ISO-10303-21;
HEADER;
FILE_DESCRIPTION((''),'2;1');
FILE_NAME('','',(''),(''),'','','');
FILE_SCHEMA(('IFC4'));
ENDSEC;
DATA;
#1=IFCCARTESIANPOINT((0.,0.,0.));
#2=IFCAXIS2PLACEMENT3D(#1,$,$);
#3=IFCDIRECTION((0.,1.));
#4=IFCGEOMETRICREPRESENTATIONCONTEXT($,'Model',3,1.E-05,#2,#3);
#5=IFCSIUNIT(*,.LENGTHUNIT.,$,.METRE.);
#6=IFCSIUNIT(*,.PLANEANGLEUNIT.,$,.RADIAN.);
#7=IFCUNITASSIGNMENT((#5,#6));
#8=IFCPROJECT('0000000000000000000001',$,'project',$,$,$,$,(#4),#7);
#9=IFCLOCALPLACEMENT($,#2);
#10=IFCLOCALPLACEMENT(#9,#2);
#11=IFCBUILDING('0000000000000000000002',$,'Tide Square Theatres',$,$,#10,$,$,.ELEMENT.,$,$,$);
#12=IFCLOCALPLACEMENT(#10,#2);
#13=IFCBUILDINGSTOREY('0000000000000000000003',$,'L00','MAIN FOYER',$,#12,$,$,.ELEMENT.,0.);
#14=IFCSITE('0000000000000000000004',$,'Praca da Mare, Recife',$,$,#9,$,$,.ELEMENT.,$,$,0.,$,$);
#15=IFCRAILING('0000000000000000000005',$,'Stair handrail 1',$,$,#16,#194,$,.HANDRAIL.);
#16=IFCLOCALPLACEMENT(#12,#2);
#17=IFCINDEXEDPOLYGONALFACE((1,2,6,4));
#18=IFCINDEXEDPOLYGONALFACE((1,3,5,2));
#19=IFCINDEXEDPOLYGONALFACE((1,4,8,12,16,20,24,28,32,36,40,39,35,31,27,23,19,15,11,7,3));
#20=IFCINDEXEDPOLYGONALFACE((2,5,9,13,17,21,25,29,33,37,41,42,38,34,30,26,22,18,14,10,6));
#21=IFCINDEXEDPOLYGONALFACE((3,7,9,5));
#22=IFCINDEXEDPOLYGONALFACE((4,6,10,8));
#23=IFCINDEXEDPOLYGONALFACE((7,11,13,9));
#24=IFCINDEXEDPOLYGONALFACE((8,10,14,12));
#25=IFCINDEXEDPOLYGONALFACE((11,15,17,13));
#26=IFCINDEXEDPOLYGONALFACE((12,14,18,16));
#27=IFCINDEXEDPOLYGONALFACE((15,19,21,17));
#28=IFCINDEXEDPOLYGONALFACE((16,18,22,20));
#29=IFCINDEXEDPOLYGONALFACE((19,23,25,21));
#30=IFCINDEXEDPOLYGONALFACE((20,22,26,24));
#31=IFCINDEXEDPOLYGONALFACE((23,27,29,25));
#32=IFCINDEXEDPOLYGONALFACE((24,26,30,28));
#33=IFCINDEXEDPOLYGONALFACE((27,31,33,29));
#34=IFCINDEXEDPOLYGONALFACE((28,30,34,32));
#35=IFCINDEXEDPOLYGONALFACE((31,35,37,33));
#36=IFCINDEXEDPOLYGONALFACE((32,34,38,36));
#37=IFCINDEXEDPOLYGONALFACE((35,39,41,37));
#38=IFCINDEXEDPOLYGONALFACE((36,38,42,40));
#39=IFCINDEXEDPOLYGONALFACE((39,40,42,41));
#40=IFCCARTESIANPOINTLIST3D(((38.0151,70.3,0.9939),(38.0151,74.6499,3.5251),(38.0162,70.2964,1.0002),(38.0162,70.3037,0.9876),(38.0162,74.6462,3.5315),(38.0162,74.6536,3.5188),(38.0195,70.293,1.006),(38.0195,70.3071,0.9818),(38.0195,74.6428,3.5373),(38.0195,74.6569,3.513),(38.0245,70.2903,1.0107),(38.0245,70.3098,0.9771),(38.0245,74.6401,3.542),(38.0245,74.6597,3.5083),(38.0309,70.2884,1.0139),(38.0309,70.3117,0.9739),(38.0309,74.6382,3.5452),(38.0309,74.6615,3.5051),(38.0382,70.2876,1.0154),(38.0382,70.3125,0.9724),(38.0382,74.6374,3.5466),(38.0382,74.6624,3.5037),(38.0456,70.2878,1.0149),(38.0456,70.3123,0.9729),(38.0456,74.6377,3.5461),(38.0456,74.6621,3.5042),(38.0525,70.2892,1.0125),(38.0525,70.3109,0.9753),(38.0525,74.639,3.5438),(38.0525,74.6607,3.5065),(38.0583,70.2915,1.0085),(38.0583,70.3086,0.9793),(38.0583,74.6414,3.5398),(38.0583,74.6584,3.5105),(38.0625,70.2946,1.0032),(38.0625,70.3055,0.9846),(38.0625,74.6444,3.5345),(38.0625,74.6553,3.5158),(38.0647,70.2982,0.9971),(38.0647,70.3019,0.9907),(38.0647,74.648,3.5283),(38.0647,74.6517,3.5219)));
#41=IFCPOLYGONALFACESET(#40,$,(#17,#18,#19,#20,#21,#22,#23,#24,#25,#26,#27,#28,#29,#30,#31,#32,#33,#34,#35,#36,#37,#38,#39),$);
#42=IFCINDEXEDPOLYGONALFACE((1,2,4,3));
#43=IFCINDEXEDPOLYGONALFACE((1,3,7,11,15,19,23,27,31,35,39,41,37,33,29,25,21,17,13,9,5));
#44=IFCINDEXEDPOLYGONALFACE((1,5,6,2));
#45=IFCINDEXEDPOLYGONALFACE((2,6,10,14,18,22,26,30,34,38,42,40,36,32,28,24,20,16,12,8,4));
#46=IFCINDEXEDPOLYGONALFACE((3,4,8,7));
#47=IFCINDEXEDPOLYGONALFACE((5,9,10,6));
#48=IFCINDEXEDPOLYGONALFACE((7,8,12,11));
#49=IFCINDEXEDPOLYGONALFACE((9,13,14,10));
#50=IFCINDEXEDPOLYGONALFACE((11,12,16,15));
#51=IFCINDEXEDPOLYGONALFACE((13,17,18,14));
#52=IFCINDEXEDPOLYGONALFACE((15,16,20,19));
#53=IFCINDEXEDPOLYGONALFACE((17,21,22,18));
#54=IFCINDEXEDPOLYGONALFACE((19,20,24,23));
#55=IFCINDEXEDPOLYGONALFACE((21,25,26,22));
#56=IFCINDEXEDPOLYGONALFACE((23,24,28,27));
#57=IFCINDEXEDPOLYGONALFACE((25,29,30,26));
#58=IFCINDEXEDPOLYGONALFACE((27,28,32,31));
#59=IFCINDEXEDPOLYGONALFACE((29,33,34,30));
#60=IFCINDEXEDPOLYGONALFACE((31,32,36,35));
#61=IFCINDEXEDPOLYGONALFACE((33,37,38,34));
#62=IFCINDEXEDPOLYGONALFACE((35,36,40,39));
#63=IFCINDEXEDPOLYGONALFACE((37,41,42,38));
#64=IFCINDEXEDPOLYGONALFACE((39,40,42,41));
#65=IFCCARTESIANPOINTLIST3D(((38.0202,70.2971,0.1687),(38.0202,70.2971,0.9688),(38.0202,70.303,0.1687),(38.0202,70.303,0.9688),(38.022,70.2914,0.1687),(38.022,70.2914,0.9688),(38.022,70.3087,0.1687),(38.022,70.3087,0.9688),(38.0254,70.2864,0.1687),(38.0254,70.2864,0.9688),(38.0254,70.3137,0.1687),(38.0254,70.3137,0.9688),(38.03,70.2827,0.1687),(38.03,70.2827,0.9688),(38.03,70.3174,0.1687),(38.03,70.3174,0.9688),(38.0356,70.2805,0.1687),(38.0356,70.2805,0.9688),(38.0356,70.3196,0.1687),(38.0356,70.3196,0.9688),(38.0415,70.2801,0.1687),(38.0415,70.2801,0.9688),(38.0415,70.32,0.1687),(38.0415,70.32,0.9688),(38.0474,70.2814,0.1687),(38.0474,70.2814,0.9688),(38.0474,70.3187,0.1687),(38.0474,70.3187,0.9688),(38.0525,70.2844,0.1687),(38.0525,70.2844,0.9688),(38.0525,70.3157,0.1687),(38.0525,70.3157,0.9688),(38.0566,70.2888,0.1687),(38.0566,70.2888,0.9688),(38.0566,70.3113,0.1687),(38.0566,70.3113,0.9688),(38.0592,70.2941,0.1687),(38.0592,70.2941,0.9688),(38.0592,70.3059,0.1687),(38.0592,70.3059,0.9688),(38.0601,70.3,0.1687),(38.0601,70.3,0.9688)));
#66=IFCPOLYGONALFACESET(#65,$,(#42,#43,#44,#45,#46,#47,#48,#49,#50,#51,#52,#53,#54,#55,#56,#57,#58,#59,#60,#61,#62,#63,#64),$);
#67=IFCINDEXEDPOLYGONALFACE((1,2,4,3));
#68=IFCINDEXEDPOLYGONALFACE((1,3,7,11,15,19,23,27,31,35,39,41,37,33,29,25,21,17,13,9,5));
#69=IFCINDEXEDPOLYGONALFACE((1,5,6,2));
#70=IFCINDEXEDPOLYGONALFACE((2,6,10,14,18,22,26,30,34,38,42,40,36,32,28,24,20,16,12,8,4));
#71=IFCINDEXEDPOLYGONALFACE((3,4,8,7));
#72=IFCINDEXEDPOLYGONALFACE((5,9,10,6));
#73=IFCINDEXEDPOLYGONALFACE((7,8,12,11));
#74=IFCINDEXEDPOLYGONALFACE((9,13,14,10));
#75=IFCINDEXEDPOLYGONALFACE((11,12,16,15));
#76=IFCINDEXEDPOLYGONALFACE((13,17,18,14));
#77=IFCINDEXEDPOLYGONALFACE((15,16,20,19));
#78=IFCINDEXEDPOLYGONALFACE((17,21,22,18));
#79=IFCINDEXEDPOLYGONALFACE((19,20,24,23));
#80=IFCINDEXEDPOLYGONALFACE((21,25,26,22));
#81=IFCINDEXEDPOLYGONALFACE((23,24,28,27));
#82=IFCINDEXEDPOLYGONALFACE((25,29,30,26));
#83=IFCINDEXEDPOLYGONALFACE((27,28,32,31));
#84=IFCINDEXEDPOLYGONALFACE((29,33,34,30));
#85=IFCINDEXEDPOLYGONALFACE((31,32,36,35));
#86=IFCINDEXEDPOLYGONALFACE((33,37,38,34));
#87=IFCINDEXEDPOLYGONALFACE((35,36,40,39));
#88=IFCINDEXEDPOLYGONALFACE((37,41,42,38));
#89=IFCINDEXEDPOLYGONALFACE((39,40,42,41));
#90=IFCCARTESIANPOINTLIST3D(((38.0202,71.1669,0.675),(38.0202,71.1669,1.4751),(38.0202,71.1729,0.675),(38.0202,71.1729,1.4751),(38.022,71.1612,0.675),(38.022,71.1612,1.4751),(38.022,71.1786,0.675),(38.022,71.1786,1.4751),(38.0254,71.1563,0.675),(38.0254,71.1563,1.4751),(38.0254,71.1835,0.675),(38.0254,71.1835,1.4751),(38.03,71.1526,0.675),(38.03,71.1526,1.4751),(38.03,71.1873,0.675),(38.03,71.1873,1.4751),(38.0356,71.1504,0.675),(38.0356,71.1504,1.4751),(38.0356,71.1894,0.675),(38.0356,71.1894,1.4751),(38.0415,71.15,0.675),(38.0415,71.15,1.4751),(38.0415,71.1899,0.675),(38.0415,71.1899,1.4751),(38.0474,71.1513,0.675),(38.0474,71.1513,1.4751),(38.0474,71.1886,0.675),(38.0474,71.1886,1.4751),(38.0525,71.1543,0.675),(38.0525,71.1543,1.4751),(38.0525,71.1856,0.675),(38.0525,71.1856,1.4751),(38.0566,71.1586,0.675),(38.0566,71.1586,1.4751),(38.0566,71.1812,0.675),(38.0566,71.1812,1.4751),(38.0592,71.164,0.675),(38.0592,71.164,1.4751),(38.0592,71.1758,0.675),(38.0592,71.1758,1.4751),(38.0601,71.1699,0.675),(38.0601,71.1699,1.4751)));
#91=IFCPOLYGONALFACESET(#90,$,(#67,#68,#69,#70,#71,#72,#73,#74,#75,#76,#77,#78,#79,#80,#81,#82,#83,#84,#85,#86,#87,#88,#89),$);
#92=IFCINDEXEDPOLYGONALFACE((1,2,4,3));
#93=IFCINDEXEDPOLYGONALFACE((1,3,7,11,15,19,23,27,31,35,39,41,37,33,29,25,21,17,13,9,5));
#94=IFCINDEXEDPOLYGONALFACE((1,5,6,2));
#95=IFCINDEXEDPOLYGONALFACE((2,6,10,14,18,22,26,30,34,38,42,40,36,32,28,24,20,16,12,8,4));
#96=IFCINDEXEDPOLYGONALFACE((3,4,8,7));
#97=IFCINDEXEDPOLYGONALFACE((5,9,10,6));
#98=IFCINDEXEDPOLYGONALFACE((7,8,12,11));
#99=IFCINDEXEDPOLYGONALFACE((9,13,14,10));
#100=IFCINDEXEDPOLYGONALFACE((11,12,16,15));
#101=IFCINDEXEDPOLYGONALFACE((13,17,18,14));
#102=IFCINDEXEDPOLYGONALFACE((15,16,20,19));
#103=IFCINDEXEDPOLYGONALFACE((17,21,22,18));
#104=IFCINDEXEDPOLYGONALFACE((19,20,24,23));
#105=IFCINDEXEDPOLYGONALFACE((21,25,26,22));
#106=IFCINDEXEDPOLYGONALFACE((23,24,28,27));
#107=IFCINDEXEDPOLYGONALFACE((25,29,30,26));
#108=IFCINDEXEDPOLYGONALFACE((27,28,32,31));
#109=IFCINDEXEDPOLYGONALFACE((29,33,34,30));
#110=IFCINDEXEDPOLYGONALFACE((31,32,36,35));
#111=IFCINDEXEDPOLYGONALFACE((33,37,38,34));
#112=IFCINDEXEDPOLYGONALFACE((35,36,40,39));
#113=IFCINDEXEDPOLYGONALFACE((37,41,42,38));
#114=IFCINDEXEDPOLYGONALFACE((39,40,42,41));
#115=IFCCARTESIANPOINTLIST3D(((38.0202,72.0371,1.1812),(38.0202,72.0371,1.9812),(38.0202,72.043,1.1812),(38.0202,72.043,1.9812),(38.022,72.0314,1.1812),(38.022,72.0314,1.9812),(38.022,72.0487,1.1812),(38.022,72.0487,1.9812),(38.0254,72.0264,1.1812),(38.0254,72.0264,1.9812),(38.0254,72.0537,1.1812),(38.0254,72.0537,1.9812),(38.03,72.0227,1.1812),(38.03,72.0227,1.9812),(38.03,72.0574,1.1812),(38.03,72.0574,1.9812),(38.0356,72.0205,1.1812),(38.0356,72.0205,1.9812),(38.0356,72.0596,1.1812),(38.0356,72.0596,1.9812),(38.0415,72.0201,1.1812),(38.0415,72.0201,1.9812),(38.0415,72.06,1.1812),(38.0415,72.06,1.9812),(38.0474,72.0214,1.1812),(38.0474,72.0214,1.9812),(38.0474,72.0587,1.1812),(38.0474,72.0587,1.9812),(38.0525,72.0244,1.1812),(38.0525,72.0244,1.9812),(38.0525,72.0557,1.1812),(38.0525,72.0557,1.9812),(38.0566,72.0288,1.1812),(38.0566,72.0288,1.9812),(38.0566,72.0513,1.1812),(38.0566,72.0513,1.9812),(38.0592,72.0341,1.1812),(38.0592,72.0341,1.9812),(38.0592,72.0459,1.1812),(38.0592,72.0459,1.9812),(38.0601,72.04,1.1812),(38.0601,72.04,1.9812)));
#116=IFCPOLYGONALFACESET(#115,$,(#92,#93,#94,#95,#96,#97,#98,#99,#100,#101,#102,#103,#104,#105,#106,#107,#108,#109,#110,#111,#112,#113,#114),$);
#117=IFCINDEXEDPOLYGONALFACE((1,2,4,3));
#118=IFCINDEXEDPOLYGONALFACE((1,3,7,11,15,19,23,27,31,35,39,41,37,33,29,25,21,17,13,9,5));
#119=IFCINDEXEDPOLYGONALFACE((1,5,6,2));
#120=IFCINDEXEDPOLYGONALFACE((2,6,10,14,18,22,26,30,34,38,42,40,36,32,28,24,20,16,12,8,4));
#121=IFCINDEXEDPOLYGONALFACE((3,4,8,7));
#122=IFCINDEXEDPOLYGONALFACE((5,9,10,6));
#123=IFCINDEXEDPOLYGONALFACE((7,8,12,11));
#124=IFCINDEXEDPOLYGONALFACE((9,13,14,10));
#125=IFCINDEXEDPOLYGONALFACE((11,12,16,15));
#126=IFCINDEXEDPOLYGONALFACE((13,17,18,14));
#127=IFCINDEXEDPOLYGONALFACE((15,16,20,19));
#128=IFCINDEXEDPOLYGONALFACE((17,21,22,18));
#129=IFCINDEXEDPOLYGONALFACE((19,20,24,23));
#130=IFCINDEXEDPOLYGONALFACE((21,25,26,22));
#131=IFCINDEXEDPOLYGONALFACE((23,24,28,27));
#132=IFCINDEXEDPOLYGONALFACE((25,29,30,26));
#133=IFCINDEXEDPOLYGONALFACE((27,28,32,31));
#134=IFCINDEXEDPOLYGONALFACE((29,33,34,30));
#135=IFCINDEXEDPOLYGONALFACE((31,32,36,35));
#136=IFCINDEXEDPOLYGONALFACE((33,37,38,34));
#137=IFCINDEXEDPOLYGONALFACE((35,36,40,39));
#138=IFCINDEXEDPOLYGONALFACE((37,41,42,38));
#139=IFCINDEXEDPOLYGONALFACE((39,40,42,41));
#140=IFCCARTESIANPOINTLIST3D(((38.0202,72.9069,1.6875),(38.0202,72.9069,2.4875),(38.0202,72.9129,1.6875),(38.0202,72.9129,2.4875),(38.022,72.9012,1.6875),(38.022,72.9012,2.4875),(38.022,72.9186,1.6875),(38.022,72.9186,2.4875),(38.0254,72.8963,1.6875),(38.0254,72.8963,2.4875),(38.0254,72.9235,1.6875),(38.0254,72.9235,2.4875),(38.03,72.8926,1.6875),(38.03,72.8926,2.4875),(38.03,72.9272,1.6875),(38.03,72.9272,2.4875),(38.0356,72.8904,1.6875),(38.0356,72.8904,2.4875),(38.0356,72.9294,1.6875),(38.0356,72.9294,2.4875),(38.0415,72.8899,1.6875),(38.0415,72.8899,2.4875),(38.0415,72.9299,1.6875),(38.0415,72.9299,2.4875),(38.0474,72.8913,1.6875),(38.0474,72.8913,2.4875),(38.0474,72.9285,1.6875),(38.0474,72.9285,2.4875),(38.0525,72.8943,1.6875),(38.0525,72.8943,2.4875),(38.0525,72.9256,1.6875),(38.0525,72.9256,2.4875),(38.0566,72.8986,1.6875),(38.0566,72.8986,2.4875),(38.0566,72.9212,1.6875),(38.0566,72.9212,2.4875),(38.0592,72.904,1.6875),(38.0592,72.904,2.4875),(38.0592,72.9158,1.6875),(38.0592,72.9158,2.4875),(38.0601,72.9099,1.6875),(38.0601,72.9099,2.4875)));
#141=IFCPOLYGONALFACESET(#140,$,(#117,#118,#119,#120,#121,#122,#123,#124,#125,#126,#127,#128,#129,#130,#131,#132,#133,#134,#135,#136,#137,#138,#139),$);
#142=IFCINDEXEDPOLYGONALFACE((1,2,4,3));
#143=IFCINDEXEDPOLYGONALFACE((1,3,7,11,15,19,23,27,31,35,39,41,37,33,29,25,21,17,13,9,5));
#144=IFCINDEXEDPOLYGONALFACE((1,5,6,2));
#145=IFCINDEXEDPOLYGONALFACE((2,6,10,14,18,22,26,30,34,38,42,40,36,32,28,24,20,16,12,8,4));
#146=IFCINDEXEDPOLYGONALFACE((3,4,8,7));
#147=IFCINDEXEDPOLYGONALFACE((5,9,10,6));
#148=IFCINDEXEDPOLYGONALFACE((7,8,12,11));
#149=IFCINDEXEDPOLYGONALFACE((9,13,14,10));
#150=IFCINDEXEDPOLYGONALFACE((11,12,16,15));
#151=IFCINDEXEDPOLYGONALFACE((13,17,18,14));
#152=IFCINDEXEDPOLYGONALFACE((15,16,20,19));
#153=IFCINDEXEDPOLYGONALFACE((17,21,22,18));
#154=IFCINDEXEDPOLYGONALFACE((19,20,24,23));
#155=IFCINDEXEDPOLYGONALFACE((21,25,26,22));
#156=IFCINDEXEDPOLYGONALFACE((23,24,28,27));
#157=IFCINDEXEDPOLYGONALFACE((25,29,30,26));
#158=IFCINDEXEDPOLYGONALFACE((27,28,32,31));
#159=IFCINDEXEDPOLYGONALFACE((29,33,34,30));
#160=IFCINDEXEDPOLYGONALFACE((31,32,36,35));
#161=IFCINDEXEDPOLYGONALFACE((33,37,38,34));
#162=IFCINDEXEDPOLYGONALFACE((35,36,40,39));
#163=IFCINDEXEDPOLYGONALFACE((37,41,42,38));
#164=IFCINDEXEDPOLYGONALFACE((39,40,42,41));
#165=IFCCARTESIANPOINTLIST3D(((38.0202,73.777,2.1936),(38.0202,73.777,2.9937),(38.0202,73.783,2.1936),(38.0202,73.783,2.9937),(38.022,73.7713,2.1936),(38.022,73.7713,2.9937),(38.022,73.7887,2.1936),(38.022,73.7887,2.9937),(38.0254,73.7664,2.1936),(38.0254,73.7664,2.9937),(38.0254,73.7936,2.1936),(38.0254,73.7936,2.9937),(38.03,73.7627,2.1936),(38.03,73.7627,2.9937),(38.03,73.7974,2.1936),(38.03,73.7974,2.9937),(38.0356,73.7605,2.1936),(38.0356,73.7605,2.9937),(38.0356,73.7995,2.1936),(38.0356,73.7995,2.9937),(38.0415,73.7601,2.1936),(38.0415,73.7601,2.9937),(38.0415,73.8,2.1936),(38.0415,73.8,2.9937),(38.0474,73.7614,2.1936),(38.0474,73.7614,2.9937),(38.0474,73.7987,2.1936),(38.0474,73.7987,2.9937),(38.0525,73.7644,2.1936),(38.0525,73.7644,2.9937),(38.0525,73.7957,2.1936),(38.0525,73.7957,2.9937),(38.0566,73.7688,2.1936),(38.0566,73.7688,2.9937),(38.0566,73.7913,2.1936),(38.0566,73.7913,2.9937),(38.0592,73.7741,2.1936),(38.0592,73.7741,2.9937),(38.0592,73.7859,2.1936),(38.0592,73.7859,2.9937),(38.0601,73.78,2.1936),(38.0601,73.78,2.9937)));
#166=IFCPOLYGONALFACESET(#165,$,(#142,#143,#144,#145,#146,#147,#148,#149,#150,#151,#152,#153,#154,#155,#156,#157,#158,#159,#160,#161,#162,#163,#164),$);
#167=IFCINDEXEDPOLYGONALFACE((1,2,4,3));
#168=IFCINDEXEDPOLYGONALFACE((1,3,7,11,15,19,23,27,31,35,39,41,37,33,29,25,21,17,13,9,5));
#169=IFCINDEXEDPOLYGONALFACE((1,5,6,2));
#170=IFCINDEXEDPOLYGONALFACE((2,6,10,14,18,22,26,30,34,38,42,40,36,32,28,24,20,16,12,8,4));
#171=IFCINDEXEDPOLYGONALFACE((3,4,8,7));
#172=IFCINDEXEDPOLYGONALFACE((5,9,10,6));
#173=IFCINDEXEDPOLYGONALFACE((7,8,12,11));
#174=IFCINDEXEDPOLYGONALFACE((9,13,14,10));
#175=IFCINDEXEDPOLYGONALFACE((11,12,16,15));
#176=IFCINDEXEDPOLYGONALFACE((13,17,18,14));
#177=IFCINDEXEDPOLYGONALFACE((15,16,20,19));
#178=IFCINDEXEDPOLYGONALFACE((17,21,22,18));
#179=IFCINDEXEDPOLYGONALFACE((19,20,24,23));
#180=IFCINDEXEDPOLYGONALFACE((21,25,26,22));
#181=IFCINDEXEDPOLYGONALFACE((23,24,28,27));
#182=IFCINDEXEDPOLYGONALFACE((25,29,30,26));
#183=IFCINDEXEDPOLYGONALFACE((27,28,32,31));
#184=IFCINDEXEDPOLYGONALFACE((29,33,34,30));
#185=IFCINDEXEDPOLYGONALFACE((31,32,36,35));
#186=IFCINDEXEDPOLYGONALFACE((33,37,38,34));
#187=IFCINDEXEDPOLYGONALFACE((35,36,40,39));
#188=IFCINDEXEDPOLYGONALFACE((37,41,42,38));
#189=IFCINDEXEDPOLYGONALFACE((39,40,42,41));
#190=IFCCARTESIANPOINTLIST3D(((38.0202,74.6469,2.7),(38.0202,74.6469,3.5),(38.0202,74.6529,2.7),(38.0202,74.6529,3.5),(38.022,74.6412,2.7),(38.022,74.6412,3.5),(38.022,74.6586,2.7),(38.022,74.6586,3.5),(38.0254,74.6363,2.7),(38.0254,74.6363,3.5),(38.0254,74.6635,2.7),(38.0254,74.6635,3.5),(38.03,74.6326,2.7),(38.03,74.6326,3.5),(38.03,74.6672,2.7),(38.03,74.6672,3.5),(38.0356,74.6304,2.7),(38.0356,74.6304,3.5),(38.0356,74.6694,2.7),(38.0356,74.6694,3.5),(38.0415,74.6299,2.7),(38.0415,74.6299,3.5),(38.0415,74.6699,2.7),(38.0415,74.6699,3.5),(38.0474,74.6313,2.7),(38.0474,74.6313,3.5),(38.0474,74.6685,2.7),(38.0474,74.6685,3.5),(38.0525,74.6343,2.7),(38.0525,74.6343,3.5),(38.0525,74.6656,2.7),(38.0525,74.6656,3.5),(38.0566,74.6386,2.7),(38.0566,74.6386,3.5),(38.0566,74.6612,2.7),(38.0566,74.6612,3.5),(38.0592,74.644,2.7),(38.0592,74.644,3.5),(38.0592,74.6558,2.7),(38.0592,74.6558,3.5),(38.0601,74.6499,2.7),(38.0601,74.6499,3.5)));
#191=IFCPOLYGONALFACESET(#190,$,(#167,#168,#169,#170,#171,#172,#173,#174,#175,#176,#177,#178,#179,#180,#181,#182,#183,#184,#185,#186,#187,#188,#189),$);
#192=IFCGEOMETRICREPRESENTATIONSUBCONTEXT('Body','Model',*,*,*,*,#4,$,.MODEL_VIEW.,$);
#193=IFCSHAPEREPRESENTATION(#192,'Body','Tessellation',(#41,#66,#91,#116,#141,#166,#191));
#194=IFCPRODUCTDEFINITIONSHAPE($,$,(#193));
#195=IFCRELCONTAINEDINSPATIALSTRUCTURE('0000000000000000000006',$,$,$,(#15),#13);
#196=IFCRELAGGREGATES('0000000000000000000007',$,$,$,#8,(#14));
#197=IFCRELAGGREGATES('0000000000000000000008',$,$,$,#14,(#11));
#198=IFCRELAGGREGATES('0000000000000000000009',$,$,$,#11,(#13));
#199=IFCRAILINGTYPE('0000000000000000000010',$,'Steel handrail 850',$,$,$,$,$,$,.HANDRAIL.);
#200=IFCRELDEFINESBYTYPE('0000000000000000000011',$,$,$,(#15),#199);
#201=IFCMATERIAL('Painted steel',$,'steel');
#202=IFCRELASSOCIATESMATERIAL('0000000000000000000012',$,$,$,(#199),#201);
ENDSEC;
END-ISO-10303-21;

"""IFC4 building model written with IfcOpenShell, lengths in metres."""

from ifc_helpers import new_model, si_unit, direction, frame, origin, origin_2d, place, context, subcontext, project, spatial, circle, extrude, material, type_object, element, save


model = new_model("IFC4")

# Units and contexts
model_context = context("Model", 3, precision=1e-05, world=origin(), true_north=direction((0.0, 1.0)))
body_context = subcontext(model_context, "Body", "Model", "MODEL_VIEW")
ifc_project = project(units=[si_unit("LENGTHUNIT", "METRE"), si_unit("PLANEANGLEUNIT", "RADIAN")], contexts=[model_context])

# Site, building, storey
site_placement = place(None, origin())
site = spatial("IfcSite", under=ifc_project, at=site_placement, Name="Praca da Mare, Recife", CompositionType="ELEMENT", RefElevation=0.0)
building_placement = place(site_placement, origin())
building = spatial("IfcBuilding", under=site, at=building_placement, Name="Tide Square Theatres", CompositionType="ELEMENT")
storey_placement = place(building_placement, origin())
storey = spatial("IfcBuildingStorey", under=building, at=storey_placement, Name="L00", Description="MAIN FOYER", CompositionType="ELEMENT", Elevation=0.0)

# Railing
ifc_material_1 = material(Name="Painted steel", Category="steel")
railing_type = type_object("IfcRailingType", Name="Steel handrail 850", PredefinedType="HANDRAIL", material=ifc_material_1)
railing_placement = place(storey_placement, frame((38.04, 70.3, 0.1687)))
element("IfcRailing", 1, at=railing_placement, inside=storey, type_object=railing_type, Name="Stair handrail 1", PredefinedType="HANDRAIL", context=body_context, shape_type="SweptSolid", body=[
    extrude(circle(Radius=0.0249, at=origin_2d()), frame((0.0, 0.0, 0.8252), z_axis=(0.0, 0.864312, 0.502957), x_axis=(-1.0, 0.0, 0.0)), (0.0, 0.0, 1.0), 5.0327),
    extrude(circle(Radius=0.02, at=origin_2d()), origin(), (0.0, 0.0, 1.0), 0.8),
    extrude(circle(Radius=0.02, at=origin_2d()), frame((0.0, 0.8699, 0.5063)), (0.0, 0.0, 1.0), 0.8),
    extrude(circle(Radius=0.02, at=origin_2d()), frame((0.0, 1.74, 1.0125)), (0.0, 0.0, 1.0), 0.8),
    extrude(circle(Radius=0.02, at=origin_2d()), frame((0.0, 2.6099, 1.5188)), (0.0, 0.0, 1.0), 0.8),
    extrude(circle(Radius=0.02, at=origin_2d()), frame((0.0, 3.48, 2.0249)), (0.0, 0.0, 1.0), 0.8),
    extrude(circle(Radius=0.02, at=origin_2d()), frame((0.0, 4.3499, 2.5312)), (0.0, 0.0, 1.0), 0.8),
])

save(model, "model.ifc")
